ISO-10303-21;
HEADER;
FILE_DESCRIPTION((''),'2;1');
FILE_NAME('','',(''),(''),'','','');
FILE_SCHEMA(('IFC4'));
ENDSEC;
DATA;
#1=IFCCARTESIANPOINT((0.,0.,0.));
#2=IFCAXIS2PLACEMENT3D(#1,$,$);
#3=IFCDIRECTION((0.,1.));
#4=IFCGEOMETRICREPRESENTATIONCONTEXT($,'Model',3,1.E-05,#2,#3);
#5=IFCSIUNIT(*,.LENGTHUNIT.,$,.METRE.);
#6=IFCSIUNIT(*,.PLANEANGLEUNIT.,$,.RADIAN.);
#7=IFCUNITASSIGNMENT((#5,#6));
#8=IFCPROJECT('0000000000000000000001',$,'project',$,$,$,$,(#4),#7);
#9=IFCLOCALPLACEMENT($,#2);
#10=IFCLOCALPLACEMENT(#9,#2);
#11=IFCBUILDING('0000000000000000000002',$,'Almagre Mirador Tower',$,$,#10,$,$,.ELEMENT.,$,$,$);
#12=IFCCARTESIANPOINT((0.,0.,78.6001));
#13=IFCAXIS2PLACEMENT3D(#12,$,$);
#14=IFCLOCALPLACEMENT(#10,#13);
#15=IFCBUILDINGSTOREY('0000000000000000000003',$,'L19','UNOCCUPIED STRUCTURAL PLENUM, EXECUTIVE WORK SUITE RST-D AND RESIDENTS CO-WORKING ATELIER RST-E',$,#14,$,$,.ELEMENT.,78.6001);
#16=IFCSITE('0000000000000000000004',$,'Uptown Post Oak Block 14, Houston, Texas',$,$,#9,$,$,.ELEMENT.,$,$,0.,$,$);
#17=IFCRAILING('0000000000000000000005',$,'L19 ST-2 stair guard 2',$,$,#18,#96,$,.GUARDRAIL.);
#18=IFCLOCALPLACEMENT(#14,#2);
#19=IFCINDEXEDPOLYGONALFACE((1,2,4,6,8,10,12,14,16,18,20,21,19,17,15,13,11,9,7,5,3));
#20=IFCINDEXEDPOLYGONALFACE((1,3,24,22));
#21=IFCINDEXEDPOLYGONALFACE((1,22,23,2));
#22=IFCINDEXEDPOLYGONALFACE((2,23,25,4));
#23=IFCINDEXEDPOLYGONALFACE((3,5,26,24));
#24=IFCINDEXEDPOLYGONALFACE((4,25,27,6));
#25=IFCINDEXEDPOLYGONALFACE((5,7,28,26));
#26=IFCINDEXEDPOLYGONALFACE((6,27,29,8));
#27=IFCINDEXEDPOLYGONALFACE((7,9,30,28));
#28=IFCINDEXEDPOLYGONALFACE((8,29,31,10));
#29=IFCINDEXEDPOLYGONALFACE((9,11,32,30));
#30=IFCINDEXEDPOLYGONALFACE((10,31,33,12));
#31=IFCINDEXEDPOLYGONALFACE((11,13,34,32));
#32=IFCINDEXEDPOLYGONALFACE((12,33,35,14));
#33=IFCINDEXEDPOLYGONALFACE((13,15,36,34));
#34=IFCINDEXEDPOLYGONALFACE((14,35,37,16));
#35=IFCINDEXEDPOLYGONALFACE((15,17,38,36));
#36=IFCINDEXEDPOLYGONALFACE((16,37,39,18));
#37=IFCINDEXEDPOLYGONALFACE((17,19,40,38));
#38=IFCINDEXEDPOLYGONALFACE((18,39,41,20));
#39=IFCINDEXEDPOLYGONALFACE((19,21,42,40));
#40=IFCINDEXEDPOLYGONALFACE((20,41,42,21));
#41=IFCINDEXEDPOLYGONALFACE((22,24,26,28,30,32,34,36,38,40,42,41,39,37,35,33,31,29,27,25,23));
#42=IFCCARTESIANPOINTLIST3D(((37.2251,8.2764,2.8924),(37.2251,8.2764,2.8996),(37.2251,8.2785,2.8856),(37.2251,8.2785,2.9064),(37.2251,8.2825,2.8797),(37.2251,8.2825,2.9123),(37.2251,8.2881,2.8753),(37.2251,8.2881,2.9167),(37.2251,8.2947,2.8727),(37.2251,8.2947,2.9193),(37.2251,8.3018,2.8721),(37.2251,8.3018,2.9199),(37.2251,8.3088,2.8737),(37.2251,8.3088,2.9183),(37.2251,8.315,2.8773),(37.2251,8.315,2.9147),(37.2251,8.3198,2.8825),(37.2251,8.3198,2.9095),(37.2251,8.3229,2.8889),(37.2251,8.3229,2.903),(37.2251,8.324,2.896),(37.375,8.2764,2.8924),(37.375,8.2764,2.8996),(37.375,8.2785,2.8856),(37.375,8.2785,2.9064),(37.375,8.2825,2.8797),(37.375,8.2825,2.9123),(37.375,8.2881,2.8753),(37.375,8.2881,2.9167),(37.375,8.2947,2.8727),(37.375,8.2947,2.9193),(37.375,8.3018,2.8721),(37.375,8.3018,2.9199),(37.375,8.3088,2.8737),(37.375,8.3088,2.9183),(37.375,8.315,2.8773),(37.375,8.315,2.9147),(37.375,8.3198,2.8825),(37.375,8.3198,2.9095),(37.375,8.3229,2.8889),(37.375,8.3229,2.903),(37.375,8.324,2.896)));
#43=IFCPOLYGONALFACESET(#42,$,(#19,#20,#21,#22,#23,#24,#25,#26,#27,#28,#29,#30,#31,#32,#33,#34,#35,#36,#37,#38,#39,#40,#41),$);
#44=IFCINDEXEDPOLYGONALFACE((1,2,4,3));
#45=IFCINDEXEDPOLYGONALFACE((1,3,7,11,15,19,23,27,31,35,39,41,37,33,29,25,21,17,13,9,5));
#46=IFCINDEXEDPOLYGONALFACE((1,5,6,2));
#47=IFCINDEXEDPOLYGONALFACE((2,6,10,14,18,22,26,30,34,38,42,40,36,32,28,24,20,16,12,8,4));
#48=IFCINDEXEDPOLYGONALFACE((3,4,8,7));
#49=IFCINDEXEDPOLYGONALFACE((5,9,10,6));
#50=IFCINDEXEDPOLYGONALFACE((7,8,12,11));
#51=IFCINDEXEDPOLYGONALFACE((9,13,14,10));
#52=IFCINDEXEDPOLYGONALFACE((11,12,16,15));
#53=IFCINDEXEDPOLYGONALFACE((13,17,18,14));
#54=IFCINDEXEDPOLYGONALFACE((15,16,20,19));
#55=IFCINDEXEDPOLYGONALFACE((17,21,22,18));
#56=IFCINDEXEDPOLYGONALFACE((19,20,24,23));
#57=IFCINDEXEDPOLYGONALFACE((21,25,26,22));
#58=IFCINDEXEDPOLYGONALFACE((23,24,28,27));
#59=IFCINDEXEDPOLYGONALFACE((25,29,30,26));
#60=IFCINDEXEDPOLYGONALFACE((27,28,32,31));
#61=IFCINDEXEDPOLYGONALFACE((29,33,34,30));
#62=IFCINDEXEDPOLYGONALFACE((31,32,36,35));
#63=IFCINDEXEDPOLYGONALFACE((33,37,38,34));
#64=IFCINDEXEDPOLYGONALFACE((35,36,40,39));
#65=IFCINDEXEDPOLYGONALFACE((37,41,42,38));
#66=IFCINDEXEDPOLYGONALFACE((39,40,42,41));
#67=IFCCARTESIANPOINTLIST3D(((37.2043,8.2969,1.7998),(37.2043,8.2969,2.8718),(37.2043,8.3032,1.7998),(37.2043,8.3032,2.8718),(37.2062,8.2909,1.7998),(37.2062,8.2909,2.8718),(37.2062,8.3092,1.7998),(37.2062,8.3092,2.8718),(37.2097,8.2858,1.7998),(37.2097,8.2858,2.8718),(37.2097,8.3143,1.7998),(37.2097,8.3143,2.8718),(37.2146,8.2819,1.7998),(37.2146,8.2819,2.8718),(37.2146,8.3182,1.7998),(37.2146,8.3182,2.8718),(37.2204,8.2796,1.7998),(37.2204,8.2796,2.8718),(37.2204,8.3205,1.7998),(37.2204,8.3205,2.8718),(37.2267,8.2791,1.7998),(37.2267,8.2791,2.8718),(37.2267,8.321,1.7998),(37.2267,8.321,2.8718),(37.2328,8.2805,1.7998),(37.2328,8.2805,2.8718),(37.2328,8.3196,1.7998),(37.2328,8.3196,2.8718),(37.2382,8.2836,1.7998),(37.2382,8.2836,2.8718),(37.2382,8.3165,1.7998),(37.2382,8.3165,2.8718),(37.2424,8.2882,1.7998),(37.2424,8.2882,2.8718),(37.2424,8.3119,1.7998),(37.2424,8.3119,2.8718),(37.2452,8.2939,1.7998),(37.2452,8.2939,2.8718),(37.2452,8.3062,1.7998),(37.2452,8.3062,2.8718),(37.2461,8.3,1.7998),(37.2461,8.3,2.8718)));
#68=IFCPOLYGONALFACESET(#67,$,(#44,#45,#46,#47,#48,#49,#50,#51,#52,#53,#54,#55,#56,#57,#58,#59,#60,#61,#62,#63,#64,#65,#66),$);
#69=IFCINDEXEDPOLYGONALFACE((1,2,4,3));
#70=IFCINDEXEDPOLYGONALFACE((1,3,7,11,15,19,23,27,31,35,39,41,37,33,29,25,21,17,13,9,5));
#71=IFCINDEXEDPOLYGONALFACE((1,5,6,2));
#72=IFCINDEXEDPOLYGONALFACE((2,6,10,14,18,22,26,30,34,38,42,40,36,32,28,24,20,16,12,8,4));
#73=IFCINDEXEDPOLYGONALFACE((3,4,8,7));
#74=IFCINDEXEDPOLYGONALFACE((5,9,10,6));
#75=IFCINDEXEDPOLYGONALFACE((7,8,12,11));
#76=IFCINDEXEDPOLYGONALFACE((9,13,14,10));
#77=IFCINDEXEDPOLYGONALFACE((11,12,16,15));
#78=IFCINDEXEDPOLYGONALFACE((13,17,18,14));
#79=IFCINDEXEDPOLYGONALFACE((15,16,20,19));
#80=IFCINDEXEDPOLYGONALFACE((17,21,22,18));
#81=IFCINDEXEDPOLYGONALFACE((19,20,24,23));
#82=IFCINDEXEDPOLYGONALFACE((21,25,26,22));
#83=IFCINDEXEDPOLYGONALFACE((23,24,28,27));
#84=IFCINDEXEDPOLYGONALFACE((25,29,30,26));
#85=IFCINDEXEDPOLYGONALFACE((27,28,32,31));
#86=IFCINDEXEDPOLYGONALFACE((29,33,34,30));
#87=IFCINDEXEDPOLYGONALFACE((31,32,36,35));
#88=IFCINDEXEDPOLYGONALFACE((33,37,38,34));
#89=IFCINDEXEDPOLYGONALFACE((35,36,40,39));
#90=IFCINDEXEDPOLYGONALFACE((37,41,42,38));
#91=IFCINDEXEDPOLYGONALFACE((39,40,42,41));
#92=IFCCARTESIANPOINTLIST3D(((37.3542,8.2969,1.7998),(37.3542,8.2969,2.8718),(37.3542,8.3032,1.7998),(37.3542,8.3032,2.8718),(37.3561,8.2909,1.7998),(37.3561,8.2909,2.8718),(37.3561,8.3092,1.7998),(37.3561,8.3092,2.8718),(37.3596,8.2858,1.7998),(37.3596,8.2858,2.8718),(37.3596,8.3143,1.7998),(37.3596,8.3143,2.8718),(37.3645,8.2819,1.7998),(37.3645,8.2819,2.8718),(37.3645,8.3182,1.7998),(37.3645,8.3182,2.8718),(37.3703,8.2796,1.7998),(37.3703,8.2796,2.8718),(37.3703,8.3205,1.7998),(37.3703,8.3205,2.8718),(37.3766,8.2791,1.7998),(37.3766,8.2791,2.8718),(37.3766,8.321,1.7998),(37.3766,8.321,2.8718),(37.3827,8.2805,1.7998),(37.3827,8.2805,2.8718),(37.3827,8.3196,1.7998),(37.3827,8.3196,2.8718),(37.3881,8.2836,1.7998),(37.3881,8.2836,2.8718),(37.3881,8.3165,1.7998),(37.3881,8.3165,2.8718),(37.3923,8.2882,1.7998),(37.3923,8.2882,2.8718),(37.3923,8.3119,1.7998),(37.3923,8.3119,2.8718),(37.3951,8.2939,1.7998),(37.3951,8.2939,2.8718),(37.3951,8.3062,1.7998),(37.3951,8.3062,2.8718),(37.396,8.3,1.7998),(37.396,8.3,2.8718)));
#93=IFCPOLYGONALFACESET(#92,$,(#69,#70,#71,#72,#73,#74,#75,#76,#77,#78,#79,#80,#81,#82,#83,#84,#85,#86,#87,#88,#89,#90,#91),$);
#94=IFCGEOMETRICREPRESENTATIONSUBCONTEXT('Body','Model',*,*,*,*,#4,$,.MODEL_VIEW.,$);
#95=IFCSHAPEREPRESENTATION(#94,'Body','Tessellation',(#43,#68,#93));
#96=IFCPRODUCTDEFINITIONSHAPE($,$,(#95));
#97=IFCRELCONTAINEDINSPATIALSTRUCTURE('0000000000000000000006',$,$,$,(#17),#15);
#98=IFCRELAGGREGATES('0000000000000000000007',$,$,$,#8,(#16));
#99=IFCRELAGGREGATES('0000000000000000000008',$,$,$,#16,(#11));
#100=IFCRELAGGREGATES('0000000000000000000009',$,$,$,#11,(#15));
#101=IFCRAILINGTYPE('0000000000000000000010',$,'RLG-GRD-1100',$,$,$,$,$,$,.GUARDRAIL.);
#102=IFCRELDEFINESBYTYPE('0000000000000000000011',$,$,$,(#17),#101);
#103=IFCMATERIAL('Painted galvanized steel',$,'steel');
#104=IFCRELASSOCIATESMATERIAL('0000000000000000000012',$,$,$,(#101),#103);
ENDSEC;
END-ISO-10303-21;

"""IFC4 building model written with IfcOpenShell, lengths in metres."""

from ifc_helpers import new_model, si_unit, direction, frame, origin, origin_2d, place, context, subcontext, project, spatial, circle, extrude, material, type_object, element, save


model = new_model("IFC4")

# Units and contexts
model_context = context("Model", 3, precision=1e-05, world=origin(), true_north=direction((0.0, 1.0)))
body_context = subcontext(model_context, "Body", "Model", "MODEL_VIEW")
ifc_project = project(units=[si_unit("LENGTHUNIT", "METRE"), si_unit("PLANEANGLEUNIT", "RADIAN")], contexts=[model_context])

# Site, building, storey
site_placement = place(None, origin())
site = spatial("IfcSite", under=ifc_project, at=site_placement, Name="Uptown Post Oak Block 14, Houston, Texas", CompositionType="ELEMENT", RefElevation=0.0)
building_placement = place(site_placement, origin())
building = spatial("IfcBuilding", under=site, at=building_placement, Name="Almagre Mirador Tower", CompositionType="ELEMENT")
storey_placement = place(building_placement, frame((0.0, 0.0, 78.6001)))
storey = spatial("IfcBuildingStorey", under=building, at=storey_placement, Name="L19", Description="UNOCCUPIED STRUCTURAL PLENUM, EXECUTIVE WORK SUITE RST-D AND RESIDENTS CO-WORKING ATELIER RST-E", CompositionType="ELEMENT", Elevation=78.6001)

# Railing
ifc_material_1 = material(Name="Painted galvanized steel", Category="steel")
railing_type_1 = type_object("IfcRailingType", Name="RLG-GRD-1100", PredefinedType="GUARDRAIL", material=ifc_material_1)
railing_1_placement = place(storey_placement, frame((37.2251, 8.3, 1.7998)))
element("IfcRailing", 1, at=railing_1_placement, inside=storey, type_object=railing_type_1, Name="L19 ST-2 stair guard 2", PredefinedType="GUARDRAIL", context=body_context, shape_type="SweptSolid", body=[
    extrude(circle(Radius=0.0239, at=origin_2d()), frame((0.0, 0.0, 1.0962), z_axis=(1.0, 0.0, 0.0), x_axis=(0.0, 1.0, 0.0)), (0.0, 0.0, 1.0), 0.1499),
    extrude(circle(Radius=0.021, at=origin_2d()), origin(), (0.0, 0.0, 1.0), 1.072),
    extrude(circle(Radius=0.021, at=origin_2d()), frame((0.1499, 0.0, 0.0)), (0.0, 0.0, 1.0), 1.072),
])

save(model, "model.ifc")
